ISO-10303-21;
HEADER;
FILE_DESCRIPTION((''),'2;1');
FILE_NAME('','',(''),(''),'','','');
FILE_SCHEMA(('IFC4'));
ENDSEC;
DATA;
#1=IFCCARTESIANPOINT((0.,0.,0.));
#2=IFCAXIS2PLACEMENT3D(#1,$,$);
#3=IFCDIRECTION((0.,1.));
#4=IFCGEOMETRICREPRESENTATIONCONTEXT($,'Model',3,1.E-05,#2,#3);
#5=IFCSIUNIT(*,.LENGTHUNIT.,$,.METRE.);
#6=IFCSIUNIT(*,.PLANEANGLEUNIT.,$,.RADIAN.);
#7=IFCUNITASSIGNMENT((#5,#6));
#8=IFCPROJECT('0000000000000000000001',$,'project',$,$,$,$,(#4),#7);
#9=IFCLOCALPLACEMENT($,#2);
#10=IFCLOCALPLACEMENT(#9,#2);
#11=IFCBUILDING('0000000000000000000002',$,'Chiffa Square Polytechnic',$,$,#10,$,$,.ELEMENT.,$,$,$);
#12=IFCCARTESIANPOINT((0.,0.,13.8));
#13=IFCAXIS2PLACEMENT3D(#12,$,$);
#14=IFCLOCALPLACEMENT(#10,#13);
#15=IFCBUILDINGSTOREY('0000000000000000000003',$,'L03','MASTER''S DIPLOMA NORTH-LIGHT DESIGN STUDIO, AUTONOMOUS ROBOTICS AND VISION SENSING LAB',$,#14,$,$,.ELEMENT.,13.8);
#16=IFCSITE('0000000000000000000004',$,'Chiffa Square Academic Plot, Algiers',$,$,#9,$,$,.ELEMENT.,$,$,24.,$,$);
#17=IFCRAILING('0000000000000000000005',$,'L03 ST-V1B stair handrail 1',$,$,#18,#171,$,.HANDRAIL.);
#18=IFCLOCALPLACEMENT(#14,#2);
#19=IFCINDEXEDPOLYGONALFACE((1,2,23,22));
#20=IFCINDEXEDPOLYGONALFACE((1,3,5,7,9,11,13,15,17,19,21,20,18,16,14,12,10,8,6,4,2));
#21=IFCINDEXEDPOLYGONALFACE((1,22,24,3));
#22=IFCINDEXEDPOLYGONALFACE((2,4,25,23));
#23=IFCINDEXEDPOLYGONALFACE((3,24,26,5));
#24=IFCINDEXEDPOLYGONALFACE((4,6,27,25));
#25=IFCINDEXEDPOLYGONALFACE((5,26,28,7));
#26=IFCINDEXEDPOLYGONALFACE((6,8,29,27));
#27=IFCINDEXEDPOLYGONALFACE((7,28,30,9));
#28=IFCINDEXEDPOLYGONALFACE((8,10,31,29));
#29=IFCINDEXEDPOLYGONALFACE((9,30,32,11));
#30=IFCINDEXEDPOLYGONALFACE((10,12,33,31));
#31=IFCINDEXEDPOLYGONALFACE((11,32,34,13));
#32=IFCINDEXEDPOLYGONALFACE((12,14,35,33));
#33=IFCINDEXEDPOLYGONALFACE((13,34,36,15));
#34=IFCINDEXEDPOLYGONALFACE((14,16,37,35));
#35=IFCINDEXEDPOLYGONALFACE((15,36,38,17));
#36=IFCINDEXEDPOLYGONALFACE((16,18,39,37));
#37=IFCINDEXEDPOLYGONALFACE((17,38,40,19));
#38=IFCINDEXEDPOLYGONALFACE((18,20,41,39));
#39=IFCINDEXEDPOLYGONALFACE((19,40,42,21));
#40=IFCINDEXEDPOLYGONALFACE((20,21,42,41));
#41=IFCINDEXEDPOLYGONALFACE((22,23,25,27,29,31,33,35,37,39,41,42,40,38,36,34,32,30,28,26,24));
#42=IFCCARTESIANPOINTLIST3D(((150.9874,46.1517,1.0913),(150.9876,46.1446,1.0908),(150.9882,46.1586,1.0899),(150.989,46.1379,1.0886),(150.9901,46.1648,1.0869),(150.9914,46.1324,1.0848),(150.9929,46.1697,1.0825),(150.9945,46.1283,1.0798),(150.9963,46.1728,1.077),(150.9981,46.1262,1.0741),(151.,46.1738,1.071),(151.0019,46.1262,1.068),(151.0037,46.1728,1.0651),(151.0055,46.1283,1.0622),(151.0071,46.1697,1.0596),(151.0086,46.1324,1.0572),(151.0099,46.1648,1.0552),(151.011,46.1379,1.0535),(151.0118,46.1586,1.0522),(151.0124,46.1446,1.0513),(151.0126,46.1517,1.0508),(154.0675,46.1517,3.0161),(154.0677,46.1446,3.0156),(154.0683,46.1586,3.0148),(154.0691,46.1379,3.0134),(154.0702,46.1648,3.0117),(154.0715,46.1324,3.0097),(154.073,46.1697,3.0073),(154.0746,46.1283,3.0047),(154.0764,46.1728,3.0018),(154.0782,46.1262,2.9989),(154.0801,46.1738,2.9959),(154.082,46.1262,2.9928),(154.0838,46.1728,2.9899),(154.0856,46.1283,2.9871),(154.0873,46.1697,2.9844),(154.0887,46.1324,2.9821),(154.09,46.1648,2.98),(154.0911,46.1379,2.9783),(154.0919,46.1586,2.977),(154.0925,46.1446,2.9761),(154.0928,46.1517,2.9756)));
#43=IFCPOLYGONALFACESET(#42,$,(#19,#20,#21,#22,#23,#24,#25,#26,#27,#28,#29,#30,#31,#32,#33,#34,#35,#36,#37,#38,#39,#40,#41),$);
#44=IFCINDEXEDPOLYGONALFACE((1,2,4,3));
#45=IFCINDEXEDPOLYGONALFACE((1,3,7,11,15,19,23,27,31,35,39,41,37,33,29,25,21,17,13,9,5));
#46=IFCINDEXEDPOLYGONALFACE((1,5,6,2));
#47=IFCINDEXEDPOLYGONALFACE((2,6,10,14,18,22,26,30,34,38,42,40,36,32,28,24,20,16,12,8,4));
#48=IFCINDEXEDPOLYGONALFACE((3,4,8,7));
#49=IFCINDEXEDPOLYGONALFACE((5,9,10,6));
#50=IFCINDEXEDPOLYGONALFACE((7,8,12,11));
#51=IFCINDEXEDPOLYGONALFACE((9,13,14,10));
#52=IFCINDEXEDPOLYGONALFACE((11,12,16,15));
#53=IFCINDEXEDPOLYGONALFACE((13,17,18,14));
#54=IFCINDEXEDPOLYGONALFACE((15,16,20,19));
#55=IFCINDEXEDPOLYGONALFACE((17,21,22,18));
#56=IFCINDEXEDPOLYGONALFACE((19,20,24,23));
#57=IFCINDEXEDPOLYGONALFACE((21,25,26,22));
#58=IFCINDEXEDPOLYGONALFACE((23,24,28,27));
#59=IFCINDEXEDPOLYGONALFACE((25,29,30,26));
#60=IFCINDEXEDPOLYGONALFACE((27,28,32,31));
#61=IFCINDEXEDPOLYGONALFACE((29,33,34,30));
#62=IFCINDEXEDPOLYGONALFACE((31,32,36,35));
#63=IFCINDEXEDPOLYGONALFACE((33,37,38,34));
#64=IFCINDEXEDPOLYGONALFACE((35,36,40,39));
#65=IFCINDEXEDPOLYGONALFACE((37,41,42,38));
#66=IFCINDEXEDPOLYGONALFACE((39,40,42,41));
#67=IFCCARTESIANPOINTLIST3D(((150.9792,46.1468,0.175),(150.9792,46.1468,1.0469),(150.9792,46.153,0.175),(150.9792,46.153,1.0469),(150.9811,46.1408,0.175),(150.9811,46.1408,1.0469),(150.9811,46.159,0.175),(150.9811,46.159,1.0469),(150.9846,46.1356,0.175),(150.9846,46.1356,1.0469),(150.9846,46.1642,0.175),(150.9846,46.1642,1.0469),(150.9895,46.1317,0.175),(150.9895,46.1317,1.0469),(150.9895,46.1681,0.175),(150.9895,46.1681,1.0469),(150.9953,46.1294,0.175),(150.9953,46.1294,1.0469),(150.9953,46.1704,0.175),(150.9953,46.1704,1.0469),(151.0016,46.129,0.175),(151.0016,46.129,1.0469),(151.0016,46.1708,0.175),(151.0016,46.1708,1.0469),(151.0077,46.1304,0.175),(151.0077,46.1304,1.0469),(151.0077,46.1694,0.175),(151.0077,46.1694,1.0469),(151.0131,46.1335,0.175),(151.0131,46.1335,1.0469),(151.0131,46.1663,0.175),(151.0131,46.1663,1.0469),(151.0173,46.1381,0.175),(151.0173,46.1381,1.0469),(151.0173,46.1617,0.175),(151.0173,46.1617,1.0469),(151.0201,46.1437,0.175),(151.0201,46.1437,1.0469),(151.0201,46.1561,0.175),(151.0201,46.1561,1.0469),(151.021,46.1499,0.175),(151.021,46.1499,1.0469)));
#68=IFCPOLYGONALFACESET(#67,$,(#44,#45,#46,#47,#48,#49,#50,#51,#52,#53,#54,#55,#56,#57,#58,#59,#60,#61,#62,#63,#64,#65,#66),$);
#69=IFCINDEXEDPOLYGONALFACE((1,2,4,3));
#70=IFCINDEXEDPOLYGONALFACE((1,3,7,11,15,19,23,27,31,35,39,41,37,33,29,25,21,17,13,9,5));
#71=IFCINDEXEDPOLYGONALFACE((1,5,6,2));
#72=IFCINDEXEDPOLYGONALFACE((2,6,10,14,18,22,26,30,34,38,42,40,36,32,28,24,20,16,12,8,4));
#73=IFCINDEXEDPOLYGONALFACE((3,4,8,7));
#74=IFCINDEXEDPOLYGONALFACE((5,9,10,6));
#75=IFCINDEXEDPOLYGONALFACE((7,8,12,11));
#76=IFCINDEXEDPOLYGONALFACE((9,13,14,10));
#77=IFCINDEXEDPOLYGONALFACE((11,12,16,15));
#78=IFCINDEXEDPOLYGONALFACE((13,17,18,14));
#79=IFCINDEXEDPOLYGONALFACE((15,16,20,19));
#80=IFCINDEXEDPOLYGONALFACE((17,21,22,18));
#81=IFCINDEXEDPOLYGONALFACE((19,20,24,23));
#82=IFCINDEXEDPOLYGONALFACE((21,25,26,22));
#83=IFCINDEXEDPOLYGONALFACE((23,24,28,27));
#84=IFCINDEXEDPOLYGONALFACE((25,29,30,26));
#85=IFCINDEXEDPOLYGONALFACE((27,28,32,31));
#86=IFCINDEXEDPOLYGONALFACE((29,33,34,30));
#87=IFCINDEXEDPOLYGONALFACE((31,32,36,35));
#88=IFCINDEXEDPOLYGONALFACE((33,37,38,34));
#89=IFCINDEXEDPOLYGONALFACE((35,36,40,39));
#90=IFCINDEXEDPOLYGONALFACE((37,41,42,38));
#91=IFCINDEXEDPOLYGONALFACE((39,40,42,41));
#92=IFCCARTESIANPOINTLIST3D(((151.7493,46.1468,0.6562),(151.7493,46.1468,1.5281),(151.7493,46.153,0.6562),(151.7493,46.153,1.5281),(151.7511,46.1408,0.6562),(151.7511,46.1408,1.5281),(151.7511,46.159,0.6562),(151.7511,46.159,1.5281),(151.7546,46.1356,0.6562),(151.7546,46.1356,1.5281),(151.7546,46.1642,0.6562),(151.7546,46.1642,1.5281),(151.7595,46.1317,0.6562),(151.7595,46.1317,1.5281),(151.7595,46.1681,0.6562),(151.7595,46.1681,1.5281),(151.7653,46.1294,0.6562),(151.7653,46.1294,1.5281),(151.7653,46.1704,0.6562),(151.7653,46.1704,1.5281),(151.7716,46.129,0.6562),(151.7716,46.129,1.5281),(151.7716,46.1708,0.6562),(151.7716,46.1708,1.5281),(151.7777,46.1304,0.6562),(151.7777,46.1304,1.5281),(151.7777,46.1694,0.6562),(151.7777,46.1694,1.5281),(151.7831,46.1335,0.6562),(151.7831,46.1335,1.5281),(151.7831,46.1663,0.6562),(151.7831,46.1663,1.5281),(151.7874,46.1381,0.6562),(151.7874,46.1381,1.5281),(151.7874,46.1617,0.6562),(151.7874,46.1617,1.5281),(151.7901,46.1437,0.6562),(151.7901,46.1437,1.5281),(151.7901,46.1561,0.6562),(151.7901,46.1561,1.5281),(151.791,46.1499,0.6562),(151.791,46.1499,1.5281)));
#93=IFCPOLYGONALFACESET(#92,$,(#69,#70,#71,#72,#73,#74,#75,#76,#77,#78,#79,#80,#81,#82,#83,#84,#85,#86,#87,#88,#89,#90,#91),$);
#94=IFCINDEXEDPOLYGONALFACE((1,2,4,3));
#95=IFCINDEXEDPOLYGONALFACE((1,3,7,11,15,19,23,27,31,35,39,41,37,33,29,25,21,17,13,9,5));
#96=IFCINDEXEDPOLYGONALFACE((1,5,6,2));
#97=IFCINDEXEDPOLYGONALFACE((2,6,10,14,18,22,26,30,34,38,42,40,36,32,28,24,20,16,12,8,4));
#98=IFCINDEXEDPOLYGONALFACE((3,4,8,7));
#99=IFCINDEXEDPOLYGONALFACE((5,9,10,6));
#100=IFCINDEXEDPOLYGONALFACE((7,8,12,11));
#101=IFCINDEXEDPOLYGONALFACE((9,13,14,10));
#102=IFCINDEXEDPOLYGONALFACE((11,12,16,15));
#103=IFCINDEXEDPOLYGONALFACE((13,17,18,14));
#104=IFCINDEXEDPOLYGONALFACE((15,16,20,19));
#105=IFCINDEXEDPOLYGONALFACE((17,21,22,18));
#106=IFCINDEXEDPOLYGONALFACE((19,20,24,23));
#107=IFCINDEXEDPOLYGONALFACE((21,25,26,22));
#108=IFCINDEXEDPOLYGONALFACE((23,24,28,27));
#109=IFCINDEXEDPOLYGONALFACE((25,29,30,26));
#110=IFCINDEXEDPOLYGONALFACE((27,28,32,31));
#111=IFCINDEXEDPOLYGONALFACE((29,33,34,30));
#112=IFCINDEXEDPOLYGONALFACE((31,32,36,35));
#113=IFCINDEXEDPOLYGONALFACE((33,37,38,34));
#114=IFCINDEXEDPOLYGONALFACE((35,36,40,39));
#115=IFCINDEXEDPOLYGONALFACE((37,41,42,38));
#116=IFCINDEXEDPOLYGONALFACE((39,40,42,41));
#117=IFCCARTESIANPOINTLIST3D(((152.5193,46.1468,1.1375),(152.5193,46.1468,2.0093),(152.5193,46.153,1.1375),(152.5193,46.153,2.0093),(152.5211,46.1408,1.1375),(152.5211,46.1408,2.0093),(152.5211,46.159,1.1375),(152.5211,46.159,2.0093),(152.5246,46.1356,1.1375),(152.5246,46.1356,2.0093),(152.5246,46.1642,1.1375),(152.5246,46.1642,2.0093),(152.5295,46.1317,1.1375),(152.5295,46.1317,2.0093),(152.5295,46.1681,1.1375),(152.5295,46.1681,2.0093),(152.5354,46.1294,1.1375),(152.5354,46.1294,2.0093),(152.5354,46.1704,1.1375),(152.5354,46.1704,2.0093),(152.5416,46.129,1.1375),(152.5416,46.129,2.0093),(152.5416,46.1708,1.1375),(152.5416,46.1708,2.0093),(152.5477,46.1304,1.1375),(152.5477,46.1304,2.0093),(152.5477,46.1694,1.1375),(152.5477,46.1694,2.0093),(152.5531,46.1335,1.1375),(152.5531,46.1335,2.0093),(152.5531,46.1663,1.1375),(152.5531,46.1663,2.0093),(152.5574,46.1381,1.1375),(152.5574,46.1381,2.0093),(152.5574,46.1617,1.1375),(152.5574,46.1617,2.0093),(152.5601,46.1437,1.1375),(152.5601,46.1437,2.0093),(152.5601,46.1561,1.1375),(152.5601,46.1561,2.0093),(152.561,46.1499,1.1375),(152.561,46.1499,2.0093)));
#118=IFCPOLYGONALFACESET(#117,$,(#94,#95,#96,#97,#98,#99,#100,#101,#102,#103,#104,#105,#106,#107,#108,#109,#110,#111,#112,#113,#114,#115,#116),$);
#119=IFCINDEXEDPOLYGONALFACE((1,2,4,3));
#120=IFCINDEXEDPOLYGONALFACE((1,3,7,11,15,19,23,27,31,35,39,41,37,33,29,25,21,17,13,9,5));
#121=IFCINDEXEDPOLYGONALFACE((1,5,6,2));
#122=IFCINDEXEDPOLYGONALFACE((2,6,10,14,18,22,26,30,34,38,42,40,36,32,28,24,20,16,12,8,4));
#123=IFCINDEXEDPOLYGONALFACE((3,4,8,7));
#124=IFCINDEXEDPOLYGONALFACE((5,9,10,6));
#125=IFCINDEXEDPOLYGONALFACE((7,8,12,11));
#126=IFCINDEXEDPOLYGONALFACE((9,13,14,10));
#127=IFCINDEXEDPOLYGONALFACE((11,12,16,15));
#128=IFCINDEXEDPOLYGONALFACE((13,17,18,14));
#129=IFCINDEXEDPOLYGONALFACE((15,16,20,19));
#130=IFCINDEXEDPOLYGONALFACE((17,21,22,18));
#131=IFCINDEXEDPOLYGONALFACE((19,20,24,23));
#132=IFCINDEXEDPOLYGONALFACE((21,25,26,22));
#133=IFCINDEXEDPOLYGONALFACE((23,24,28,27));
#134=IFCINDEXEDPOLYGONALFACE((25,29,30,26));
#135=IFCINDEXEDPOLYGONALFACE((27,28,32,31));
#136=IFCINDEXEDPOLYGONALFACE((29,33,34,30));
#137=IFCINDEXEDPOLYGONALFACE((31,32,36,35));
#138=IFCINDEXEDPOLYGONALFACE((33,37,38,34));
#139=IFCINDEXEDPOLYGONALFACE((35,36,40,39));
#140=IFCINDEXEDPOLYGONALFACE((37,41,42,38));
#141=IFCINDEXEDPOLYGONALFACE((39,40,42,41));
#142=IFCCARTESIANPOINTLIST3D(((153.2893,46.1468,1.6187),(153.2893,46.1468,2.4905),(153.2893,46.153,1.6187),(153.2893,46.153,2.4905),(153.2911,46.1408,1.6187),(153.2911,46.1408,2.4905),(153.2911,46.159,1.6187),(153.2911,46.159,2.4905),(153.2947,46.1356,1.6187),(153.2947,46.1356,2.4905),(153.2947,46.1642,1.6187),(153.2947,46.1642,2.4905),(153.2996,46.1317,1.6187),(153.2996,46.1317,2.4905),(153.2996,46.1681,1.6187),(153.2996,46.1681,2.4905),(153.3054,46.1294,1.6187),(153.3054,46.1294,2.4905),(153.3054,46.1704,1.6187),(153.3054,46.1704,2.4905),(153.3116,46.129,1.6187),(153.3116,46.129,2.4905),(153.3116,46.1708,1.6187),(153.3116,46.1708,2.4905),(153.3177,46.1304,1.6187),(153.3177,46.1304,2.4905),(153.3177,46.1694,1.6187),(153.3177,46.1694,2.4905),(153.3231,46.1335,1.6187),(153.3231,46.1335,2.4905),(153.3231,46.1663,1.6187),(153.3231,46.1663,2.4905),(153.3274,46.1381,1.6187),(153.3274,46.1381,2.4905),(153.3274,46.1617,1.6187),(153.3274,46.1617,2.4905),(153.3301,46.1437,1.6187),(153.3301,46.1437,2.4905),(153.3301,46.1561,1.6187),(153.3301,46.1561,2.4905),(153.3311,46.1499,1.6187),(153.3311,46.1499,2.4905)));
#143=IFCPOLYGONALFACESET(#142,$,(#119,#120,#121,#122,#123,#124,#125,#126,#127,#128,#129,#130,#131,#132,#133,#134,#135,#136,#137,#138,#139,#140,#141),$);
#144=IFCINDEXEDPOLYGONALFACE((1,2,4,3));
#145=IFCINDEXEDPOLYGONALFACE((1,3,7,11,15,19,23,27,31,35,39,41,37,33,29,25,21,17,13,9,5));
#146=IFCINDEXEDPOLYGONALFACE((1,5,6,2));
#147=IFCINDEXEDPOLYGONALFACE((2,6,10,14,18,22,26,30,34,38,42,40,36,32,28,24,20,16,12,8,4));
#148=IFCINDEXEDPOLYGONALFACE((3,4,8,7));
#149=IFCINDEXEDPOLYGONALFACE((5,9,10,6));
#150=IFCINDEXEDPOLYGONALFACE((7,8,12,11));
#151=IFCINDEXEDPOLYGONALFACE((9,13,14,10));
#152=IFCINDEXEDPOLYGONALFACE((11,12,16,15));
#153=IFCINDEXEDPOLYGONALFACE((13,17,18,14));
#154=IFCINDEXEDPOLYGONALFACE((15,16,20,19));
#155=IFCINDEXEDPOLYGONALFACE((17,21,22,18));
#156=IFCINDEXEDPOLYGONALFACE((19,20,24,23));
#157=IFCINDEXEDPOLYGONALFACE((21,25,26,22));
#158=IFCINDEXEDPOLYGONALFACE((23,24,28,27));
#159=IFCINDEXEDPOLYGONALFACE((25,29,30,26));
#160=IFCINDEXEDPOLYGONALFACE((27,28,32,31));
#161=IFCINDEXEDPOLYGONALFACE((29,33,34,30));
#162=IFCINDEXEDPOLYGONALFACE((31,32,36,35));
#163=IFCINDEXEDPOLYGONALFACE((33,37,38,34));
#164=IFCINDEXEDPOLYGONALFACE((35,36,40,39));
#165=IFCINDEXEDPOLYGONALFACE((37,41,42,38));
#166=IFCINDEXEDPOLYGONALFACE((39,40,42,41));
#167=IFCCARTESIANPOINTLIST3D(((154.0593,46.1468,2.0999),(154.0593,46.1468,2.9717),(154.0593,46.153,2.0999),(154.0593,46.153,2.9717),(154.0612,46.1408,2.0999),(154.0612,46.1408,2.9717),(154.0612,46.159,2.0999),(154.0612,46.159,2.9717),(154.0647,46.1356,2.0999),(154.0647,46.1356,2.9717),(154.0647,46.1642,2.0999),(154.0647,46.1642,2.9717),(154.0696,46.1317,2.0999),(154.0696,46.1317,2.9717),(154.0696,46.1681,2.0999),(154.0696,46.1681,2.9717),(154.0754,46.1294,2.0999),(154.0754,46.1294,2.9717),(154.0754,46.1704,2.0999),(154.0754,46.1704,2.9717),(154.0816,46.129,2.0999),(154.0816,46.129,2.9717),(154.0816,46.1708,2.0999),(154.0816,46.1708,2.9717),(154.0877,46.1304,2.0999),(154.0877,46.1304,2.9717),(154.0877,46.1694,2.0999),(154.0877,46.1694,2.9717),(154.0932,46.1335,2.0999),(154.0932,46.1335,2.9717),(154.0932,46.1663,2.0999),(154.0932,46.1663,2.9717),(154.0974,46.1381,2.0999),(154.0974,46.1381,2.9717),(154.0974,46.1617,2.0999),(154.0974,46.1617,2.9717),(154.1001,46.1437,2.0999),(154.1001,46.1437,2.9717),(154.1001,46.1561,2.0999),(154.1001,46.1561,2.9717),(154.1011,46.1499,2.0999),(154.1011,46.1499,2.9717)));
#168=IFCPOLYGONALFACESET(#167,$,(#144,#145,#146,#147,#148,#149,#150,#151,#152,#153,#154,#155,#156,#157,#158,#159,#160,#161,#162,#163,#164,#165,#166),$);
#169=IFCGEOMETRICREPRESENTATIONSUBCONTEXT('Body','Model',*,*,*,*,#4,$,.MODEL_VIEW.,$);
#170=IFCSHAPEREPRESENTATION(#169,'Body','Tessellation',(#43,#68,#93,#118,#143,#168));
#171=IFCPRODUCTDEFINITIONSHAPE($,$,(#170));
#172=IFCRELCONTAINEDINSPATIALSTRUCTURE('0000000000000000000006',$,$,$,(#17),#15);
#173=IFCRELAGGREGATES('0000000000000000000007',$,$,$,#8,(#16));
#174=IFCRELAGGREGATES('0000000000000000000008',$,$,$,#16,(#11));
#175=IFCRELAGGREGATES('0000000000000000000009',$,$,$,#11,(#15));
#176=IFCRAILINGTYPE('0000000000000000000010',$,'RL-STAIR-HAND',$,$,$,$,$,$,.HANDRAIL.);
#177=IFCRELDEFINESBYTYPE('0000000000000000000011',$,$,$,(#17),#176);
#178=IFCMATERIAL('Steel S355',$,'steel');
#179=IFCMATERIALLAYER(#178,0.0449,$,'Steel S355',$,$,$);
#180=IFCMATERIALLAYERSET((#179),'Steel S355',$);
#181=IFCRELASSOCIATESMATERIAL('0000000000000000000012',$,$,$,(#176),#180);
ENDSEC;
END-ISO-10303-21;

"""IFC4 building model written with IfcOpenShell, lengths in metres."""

from ifc_helpers import new_model, si_unit, direction, frame, origin, origin_2d, place, context, subcontext, project, spatial, circle, extrude, material, layer, layer_set, type_object, element, save


model = new_model("IFC4")

# Units and contexts
model_context = context("Model", 3, precision=1e-05, world=origin(), true_north=direction((0.0, 1.0)))
body_context = subcontext(model_context, "Body", "Model", "MODEL_VIEW")
ifc_project = project(units=[si_unit("LENGTHUNIT", "METRE"), si_unit("PLANEANGLEUNIT", "RADIAN")], contexts=[model_context])

# Site, building, storey
site_placement = place(None, origin())
site = spatial("IfcSite", under=ifc_project, at=site_placement, Name="Chiffa Square Academic Plot, Algiers", CompositionType="ELEMENT", RefElevation=24.0)
building_placement = place(site_placement, origin())
building = spatial("IfcBuilding", under=site, at=building_placement, Name="Chiffa Square Polytechnic", CompositionType="ELEMENT")
storey_placement = place(building_placement, frame((0.0, 0.0, 13.8)))
storey = spatial("IfcBuildingStorey", under=building, at=storey_placement, Name="L03", Description="MASTER'S DIPLOMA NORTH-LIGHT DESIGN STUDIO, AUTONOMOUS ROBOTICS AND VISION SENSING LAB", CompositionType="ELEMENT", Elevation=13.8)

# Railing
ifc_material_1 = material(Name="Steel S355", Category="steel")
ifc_layer_1 = layer(ifc_material_1, 0.0449, Name="Steel S355")
ifc_layer_set_1 = layer_set([ifc_layer_1], Name="Steel S355")
railing_type_1 = type_object("IfcRailingType", Name="RL-STAIR-HAND", PredefinedType="HANDRAIL", material=ifc_layer_set_1)
railing_1_placement = place(storey_placement, frame((151.0, 46.1499, 0.175)))
element("IfcRailing", 1, at=railing_1_placement, inside=storey, type_object=railing_type_1, Name="L03 ST-V1B stair handrail 1", PredefinedType="HANDRAIL", context=body_context, shape_type="SweptSolid", body=[
    extrude(circle(Radius=0.0239, at=origin_2d()), frame((0.0, 0.0, 0.896), z_axis=(0.848029, 0.0, 0.529951), x_axis=(0.0, 1.0, 0.0)), (0.0, 0.0, 1.0), 3.6321),
    extrude(circle(Radius=0.021, at=origin_2d()), origin(), (0.0, 0.0, 1.0), 0.8718),
    extrude(circle(Radius=0.021, at=origin_2d()), frame((0.77, 0.0, 0.4812)), (0.0, 0.0, 1.0), 0.8718),
    extrude(circle(Radius=0.021, at=origin_2d()), frame((1.54, 0.0, 0.9624)), (0.0, 0.0, 1.0), 0.8718),
    extrude(circle(Radius=0.021, at=origin_2d()), frame((2.3101, 0.0, 1.4436)), (0.0, 0.0, 1.0), 0.8718),
    extrude(circle(Radius=0.021, at=origin_2d()), frame((3.0801, 0.0, 1.9248)), (0.0, 0.0, 1.0), 0.8718),
])

save(model, "model.ifc")
